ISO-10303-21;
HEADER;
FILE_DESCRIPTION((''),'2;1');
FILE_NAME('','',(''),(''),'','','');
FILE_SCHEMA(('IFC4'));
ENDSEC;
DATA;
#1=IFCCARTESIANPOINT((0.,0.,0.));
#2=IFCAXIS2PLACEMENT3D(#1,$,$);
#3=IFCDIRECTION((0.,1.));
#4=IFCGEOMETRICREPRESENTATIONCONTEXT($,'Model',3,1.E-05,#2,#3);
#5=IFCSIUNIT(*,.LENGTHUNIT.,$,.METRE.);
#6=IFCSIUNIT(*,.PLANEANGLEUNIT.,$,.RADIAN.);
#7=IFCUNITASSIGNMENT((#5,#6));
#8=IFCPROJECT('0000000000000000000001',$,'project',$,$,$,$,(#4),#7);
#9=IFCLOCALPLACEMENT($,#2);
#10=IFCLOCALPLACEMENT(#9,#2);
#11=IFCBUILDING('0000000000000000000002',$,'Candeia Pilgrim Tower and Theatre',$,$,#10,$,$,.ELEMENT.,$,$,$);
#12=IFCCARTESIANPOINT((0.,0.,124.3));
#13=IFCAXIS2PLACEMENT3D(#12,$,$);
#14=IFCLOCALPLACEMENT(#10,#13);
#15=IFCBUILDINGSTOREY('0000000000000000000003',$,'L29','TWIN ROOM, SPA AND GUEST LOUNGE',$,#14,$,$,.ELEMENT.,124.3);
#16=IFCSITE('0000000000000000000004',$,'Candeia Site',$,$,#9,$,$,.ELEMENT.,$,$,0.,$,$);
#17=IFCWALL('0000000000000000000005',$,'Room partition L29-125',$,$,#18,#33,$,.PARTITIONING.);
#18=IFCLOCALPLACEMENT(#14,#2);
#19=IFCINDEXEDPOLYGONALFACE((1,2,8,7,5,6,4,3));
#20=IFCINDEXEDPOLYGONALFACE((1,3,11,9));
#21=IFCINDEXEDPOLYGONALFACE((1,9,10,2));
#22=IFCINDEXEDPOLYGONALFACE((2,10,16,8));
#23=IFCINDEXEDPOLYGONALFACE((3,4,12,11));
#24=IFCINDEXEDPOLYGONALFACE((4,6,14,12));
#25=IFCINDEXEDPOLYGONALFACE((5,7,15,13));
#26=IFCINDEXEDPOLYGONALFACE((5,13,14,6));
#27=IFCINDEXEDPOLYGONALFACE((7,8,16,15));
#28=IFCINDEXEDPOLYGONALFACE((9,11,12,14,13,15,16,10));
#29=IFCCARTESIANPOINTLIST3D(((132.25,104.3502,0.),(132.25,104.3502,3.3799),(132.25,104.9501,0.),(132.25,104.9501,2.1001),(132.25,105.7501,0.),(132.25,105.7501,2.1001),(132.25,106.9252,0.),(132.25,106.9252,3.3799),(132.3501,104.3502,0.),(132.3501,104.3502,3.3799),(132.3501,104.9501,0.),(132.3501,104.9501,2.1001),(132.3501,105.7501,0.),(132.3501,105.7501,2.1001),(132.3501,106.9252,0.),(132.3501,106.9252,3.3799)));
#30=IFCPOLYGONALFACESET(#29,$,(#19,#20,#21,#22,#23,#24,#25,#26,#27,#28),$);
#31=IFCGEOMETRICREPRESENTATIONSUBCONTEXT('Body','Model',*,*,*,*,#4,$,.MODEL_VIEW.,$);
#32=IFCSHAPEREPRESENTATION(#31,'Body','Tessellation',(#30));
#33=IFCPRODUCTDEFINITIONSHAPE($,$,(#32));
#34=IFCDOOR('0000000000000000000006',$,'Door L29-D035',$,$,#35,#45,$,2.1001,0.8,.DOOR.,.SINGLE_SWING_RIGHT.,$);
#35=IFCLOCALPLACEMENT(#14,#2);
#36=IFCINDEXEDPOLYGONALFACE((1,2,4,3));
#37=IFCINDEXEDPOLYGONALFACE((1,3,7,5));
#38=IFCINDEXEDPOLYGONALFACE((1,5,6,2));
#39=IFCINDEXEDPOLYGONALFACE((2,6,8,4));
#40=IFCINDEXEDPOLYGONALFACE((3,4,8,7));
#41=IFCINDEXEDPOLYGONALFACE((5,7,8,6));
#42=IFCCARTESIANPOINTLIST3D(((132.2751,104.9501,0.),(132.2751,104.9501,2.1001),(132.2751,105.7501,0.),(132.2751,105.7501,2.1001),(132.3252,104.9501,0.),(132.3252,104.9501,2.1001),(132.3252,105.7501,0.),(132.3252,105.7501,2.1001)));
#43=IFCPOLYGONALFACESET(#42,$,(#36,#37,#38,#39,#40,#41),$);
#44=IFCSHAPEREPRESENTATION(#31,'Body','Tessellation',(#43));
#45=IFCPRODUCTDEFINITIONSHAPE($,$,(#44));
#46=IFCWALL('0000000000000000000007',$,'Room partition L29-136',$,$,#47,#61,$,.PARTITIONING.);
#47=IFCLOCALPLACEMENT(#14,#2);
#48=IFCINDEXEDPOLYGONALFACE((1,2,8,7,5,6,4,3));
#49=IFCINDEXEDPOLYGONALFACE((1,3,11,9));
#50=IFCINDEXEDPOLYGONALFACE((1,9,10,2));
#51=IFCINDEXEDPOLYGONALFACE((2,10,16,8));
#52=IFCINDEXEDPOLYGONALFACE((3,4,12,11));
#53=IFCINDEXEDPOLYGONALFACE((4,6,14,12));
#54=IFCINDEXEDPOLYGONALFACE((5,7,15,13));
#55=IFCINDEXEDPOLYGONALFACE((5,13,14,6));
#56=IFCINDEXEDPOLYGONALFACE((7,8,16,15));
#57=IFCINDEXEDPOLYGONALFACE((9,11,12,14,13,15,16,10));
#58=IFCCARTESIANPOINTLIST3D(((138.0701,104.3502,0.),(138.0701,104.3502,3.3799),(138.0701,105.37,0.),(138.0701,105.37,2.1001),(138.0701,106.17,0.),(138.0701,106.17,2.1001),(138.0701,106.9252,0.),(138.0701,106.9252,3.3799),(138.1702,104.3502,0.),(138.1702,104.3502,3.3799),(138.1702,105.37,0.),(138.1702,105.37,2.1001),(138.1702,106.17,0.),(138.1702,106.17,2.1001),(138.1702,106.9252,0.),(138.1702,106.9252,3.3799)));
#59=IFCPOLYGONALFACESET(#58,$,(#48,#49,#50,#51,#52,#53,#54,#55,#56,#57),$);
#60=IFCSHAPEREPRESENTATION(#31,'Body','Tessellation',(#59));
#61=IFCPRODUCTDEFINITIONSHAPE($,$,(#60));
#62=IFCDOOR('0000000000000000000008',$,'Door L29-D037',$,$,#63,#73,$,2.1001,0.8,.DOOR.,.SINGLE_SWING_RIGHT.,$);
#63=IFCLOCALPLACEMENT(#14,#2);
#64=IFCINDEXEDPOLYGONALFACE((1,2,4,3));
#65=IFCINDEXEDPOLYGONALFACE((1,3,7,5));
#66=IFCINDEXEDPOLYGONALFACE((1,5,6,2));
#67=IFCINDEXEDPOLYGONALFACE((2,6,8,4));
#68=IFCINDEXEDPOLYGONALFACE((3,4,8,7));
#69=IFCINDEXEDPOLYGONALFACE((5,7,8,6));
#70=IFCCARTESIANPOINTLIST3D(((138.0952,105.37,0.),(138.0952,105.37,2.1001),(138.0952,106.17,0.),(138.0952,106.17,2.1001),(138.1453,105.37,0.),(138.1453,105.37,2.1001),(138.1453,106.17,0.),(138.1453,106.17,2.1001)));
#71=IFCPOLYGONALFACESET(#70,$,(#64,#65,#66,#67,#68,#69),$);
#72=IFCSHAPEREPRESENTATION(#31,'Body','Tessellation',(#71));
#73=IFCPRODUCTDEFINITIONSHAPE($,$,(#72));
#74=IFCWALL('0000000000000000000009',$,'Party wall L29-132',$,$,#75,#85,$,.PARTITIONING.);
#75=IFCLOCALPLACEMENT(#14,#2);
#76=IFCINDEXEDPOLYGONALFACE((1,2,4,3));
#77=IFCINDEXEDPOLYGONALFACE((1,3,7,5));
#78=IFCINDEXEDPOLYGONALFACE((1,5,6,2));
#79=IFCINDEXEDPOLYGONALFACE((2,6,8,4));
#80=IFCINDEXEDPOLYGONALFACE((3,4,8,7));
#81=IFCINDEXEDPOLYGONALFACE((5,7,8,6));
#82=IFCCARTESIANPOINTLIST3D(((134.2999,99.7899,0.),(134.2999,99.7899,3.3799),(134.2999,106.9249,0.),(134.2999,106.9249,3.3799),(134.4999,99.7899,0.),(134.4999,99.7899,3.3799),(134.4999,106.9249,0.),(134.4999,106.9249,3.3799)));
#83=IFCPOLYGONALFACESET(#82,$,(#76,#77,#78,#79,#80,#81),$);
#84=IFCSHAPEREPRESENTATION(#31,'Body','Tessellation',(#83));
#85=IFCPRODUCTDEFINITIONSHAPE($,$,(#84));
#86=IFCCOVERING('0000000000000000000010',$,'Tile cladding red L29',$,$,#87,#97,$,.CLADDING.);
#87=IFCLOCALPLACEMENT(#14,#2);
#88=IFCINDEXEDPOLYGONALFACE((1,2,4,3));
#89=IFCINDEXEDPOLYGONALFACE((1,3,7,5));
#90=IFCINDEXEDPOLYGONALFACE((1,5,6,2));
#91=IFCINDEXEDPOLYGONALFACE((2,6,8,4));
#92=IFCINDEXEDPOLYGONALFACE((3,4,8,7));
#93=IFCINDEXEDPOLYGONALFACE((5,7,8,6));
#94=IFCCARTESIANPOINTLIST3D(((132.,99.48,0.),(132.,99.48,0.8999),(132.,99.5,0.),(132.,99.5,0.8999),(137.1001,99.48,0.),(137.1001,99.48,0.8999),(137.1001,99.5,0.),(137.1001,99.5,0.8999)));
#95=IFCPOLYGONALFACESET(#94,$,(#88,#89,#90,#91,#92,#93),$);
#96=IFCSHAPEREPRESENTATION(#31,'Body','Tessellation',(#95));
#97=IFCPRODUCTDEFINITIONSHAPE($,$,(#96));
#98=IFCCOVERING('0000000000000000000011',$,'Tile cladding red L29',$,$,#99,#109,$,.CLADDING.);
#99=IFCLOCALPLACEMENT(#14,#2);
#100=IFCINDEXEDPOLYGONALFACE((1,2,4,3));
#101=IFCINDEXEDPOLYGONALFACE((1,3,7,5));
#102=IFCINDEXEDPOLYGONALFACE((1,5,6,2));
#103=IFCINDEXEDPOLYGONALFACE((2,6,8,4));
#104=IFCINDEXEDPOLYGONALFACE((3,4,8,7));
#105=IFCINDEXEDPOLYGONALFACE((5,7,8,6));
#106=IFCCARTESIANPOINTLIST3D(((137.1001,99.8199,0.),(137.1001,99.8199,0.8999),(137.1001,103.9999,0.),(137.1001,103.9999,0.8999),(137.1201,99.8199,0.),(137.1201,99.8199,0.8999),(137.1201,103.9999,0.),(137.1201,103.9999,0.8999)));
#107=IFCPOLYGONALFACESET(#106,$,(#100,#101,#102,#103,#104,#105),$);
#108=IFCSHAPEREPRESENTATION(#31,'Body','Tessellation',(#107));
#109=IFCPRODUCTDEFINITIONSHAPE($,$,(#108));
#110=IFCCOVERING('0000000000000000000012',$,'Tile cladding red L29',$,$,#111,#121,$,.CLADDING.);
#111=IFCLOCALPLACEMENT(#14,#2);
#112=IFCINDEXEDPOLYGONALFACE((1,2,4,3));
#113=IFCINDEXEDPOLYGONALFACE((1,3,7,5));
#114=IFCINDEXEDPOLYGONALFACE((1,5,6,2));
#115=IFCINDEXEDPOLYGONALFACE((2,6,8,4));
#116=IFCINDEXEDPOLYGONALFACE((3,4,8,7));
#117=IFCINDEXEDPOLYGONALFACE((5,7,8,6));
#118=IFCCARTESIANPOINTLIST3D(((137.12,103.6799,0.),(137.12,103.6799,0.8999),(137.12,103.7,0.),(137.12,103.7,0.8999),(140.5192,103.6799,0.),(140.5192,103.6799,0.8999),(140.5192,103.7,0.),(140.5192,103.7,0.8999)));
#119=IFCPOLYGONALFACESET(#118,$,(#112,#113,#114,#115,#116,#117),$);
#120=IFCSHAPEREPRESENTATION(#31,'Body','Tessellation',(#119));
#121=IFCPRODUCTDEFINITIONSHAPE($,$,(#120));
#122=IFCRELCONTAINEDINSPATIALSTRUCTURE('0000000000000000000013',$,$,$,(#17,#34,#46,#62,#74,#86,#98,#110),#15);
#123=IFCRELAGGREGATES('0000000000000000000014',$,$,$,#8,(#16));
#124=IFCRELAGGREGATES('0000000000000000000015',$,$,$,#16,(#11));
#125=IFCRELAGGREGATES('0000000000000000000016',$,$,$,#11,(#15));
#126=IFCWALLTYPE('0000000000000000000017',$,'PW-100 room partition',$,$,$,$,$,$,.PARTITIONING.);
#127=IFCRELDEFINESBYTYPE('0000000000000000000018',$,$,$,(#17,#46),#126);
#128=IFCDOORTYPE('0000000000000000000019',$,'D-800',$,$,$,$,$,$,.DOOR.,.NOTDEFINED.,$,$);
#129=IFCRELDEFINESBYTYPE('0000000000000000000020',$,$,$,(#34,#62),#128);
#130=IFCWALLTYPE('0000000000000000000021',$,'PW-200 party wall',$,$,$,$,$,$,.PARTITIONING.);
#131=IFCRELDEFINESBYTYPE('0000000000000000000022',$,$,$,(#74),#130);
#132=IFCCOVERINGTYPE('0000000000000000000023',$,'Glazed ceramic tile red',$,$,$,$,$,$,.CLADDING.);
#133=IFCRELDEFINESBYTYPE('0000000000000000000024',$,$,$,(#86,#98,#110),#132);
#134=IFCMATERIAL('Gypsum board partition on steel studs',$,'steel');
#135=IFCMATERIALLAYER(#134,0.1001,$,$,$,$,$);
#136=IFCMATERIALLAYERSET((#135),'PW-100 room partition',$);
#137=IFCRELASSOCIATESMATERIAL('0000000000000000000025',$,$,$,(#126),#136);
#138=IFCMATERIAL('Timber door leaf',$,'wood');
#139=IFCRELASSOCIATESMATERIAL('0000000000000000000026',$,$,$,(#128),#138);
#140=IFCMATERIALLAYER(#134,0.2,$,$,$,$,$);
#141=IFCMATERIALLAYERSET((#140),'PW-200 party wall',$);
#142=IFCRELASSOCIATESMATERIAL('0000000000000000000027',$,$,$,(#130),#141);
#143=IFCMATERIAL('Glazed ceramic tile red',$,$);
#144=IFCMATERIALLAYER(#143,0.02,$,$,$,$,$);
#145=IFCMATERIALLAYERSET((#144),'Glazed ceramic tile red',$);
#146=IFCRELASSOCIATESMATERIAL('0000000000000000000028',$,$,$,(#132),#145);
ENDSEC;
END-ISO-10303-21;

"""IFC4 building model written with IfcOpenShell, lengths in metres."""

from ifc_helpers import new_model, si_unit, direction, frame, frame_2d, origin, origin_2d, place, context, subcontext, project, spatial, rectangle, extrude, material, layer, layer_set, type_object, element, fill, save


model = new_model("IFC4")

# Units and contexts
model_context = context("Model", 3, precision=1e-05, world=origin(), true_north=direction((0.0, 1.0)))
body_context = subcontext(model_context, "Body", "Model", "MODEL_VIEW")
ifc_project = project(units=[si_unit("LENGTHUNIT", "METRE"), si_unit("PLANEANGLEUNIT", "RADIAN")], contexts=[model_context])

# Site, building, storey
site_placement = place(None, origin())
site = spatial("IfcSite", under=ifc_project, at=site_placement, Name="Candeia Site", CompositionType="ELEMENT", RefElevation=0.0)
building_placement = place(site_placement, origin())
building = spatial("IfcBuilding", under=site, at=building_placement, Name="Candeia Pilgrim Tower and Theatre", CompositionType="ELEMENT")
storey_placement = place(building_placement, frame((0.0, 0.0, 124.3)))
storey = spatial("IfcBuildingStorey", under=building, at=storey_placement, Name="L29", Description="TWIN ROOM, SPA AND GUEST LOUNGE", CompositionType="ELEMENT", Elevation=124.3)

# Shared definitions
ifc_material_1 = material(Name="Gypsum board partition on steel studs", Category="steel")
ifc_layer_1 = layer(ifc_material_1, 0.1001)
ifc_layer_set_1 = layer_set([ifc_layer_1], Name="PW-100 room partition")
wall_type_1 = type_object("IfcWallType", Name="PW-100 room partition", PredefinedType="PARTITIONING", material=ifc_layer_set_1)

# Walls, openings, doors
wall_1_placement = place(storey_placement, frame((132.3, 104.3501, 0.0), z_axis=(0.0, 0.0, 1.0), x_axis=(0.0, 1.0, 0.0)))
wall_1 = element("IfcWall", 1, at=wall_1_placement, inside=storey, type_object=wall_type_1, Name="Room partition L29-125", PredefinedType="PARTITIONING", context=body_context, shape_type="SweptSolid", body=[
    extrude(rectangle(XDim=2.575, YDim=0.1001, at=frame_2d((1.2876, 0.0))), origin(), (0.0, 0.0, 1.0), 3.3799),
])
opening_1_placement = place(wall_1_placement, frame((0.6001, 0.0, 0.0)))
opening_1 = element("IfcOpeningElement", 2, at=opening_1_placement, cuts=wall_1, PredefinedType="OPENING", context=body_context, shape_type="SweptSolid", body=[
    extrude(rectangle(XDim=0.8, YDim=2.1001, at=frame_2d((0.3999, 1.05))), frame((0.0, 0.0601, 0.0), z_axis=(0.0, -1.0, 0.0), x_axis=(1.0, 0.0, 0.0)), (0.0, 0.0, 1.0), 0.1201),
])
ifc_material_2 = material(Name="Timber door leaf", Category="wood")
door_type_1 = type_object("IfcDoorType", Name="D-800", OperationType="NOTDEFINED", PredefinedType="DOOR", material=ifc_material_2)
door_1_placement = place(opening_1_placement, origin())
door_1 = element("IfcDoor", 3, at=door_1_placement, inside=storey, type_object=door_type_1, Name="Door L29-D035", OperationType="SINGLE_SWING_RIGHT", OverallHeight=2.1001, OverallWidth=0.8, PredefinedType="DOOR", context=body_context, shape_type="SweptSolid", body=[
    extrude(rectangle(XDim=0.8, YDim=2.1001, at=frame_2d((0.3999, 1.05))), frame((0.0, 0.0249, 0.0), z_axis=(0.0, -1.0, 0.0), x_axis=(1.0, 0.0, 0.0)), (0.0, 0.0, 1.0), 0.05),
])
fill(opening_1, door_1)
wall_2_placement = place(storey_placement, frame((138.1201, 104.3501, 0.0), z_axis=(0.0, 0.0, 1.0), x_axis=(0.0, 1.0, 0.0)))
wall_2 = element("IfcWall", 4, at=wall_2_placement, inside=storey, type_object=wall_type_1, Name="Room partition L29-136", PredefinedType="PARTITIONING", context=body_context, shape_type="SweptSolid", body=[
    extrude(rectangle(XDim=2.575, YDim=0.1001, at=frame_2d((1.2876, 0.0))), origin(), (0.0, 0.0, 1.0), 3.3799),
])
opening_2_placement = place(wall_2_placement, frame((1.02, 0.0, 0.0)))
opening_2 = element("IfcOpeningElement", 5, at=opening_2_placement, cuts=wall_2, PredefinedType="OPENING", context=body_context, shape_type="SweptSolid", body=[
    extrude(rectangle(XDim=0.8, YDim=2.1001, at=frame_2d((0.3999, 1.05))), frame((0.0, 0.0601, 0.0), z_axis=(0.0, -1.0, 0.0), x_axis=(1.0, 0.0, 0.0)), (0.0, 0.0, 1.0), 0.1201),
])
door_2_placement = place(opening_2_placement, origin())
door_2 = element("IfcDoor", 6, at=door_2_placement, inside=storey, type_object=door_type_1, Name="Door L29-D037", OperationType="SINGLE_SWING_RIGHT", OverallHeight=2.1001, OverallWidth=0.8, PredefinedType="DOOR", context=body_context, shape_type="SweptSolid", body=[
    extrude(rectangle(XDim=0.8, YDim=2.1001, at=frame_2d((0.3999, 1.05))), frame((0.0, 0.0249, 0.0), z_axis=(0.0, -1.0, 0.0), x_axis=(1.0, 0.0, 0.0)), (0.0, 0.0, 1.0), 0.05),
])
fill(opening_2, door_2)

# Wall
ifc_layer_2 = layer(ifc_material_1, 0.2)
ifc_layer_set_2 = layer_set([ifc_layer_2], Name="PW-200 party wall")
wall_type_2 = type_object("IfcWallType", Name="PW-200 party wall", PredefinedType="PARTITIONING", material=ifc_layer_set_2)
wall_3_placement = place(storey_placement, frame((134.3999, 99.79, 0.0), z_axis=(0.0, 0.0, 1.0), x_axis=(0.0, 1.0, 0.0)))
element("IfcWall", 7, at=wall_3_placement, inside=storey, type_object=wall_type_2, Name="Party wall L29-132", PredefinedType="PARTITIONING", context=body_context, shape_type="SweptSolid", body=[
    extrude(rectangle(XDim=7.135, YDim=0.2, at=frame_2d((3.5674, 0.0))), origin(), (0.0, 0.0, 1.0), 3.3799),
])

# Coverings
ifc_material_3 = material(Name="Glazed ceramic tile red")
ifc_layer_3 = layer(ifc_material_3, 0.02)
ifc_layer_set_3 = layer_set([ifc_layer_3], Name="Glazed ceramic tile red")
covering_type = type_object("IfcCoveringType", Name="Glazed ceramic tile red", PredefinedType="CLADDING", material=ifc_layer_set_3)
covering_1_placement = place(storey_placement, frame((134.55, 99.49, 0.0), z_axis=(0.0, 0.0, 1.0), x_axis=(1.0, 0.0, 0.0)))
element("IfcCovering", 8, at=covering_1_placement, inside=storey, type_object=covering_type, Name="Tile cladding red L29", PredefinedType="CLADDING", context=body_context, shape_type="SweptSolid", body=[
    extrude(rectangle(XDim=5.1001, YDim=0.02, at=origin_2d()), origin(), (0.0, 0.0, 1.0), 0.8999),
])
covering_2_placement = place(storey_placement, frame((137.1101, 101.9099, 0.0), z_axis=(0.0, 0.0, 1.0), x_axis=(0.0, 1.0, 0.0)))
element("IfcCovering", 9, at=covering_2_placement, inside=storey, type_object=covering_type, Name="Tile cladding red L29", PredefinedType="CLADDING", context=body_context, shape_type="SweptSolid", body=[
    extrude(rectangle(XDim=4.1799, YDim=0.02, at=origin_2d()), origin(), (0.0, 0.0, 1.0), 0.8999),
])
covering_3_placement = place(storey_placement, frame((138.8196, 103.6899, 0.0), z_axis=(0.0, 0.0, 1.0), x_axis=(1.0, 0.0, 0.0)))
element("IfcCovering", 10, at=covering_3_placement, inside=storey, type_object=covering_type, Name="Tile cladding red L29", PredefinedType="CLADDING", context=body_context, shape_type="SweptSolid", body=[
    extrude(rectangle(XDim=3.3992, YDim=0.02, at=origin_2d()), origin(), (0.0, 0.0, 1.0), 0.8999),
])

save(model, "model.ifc")
